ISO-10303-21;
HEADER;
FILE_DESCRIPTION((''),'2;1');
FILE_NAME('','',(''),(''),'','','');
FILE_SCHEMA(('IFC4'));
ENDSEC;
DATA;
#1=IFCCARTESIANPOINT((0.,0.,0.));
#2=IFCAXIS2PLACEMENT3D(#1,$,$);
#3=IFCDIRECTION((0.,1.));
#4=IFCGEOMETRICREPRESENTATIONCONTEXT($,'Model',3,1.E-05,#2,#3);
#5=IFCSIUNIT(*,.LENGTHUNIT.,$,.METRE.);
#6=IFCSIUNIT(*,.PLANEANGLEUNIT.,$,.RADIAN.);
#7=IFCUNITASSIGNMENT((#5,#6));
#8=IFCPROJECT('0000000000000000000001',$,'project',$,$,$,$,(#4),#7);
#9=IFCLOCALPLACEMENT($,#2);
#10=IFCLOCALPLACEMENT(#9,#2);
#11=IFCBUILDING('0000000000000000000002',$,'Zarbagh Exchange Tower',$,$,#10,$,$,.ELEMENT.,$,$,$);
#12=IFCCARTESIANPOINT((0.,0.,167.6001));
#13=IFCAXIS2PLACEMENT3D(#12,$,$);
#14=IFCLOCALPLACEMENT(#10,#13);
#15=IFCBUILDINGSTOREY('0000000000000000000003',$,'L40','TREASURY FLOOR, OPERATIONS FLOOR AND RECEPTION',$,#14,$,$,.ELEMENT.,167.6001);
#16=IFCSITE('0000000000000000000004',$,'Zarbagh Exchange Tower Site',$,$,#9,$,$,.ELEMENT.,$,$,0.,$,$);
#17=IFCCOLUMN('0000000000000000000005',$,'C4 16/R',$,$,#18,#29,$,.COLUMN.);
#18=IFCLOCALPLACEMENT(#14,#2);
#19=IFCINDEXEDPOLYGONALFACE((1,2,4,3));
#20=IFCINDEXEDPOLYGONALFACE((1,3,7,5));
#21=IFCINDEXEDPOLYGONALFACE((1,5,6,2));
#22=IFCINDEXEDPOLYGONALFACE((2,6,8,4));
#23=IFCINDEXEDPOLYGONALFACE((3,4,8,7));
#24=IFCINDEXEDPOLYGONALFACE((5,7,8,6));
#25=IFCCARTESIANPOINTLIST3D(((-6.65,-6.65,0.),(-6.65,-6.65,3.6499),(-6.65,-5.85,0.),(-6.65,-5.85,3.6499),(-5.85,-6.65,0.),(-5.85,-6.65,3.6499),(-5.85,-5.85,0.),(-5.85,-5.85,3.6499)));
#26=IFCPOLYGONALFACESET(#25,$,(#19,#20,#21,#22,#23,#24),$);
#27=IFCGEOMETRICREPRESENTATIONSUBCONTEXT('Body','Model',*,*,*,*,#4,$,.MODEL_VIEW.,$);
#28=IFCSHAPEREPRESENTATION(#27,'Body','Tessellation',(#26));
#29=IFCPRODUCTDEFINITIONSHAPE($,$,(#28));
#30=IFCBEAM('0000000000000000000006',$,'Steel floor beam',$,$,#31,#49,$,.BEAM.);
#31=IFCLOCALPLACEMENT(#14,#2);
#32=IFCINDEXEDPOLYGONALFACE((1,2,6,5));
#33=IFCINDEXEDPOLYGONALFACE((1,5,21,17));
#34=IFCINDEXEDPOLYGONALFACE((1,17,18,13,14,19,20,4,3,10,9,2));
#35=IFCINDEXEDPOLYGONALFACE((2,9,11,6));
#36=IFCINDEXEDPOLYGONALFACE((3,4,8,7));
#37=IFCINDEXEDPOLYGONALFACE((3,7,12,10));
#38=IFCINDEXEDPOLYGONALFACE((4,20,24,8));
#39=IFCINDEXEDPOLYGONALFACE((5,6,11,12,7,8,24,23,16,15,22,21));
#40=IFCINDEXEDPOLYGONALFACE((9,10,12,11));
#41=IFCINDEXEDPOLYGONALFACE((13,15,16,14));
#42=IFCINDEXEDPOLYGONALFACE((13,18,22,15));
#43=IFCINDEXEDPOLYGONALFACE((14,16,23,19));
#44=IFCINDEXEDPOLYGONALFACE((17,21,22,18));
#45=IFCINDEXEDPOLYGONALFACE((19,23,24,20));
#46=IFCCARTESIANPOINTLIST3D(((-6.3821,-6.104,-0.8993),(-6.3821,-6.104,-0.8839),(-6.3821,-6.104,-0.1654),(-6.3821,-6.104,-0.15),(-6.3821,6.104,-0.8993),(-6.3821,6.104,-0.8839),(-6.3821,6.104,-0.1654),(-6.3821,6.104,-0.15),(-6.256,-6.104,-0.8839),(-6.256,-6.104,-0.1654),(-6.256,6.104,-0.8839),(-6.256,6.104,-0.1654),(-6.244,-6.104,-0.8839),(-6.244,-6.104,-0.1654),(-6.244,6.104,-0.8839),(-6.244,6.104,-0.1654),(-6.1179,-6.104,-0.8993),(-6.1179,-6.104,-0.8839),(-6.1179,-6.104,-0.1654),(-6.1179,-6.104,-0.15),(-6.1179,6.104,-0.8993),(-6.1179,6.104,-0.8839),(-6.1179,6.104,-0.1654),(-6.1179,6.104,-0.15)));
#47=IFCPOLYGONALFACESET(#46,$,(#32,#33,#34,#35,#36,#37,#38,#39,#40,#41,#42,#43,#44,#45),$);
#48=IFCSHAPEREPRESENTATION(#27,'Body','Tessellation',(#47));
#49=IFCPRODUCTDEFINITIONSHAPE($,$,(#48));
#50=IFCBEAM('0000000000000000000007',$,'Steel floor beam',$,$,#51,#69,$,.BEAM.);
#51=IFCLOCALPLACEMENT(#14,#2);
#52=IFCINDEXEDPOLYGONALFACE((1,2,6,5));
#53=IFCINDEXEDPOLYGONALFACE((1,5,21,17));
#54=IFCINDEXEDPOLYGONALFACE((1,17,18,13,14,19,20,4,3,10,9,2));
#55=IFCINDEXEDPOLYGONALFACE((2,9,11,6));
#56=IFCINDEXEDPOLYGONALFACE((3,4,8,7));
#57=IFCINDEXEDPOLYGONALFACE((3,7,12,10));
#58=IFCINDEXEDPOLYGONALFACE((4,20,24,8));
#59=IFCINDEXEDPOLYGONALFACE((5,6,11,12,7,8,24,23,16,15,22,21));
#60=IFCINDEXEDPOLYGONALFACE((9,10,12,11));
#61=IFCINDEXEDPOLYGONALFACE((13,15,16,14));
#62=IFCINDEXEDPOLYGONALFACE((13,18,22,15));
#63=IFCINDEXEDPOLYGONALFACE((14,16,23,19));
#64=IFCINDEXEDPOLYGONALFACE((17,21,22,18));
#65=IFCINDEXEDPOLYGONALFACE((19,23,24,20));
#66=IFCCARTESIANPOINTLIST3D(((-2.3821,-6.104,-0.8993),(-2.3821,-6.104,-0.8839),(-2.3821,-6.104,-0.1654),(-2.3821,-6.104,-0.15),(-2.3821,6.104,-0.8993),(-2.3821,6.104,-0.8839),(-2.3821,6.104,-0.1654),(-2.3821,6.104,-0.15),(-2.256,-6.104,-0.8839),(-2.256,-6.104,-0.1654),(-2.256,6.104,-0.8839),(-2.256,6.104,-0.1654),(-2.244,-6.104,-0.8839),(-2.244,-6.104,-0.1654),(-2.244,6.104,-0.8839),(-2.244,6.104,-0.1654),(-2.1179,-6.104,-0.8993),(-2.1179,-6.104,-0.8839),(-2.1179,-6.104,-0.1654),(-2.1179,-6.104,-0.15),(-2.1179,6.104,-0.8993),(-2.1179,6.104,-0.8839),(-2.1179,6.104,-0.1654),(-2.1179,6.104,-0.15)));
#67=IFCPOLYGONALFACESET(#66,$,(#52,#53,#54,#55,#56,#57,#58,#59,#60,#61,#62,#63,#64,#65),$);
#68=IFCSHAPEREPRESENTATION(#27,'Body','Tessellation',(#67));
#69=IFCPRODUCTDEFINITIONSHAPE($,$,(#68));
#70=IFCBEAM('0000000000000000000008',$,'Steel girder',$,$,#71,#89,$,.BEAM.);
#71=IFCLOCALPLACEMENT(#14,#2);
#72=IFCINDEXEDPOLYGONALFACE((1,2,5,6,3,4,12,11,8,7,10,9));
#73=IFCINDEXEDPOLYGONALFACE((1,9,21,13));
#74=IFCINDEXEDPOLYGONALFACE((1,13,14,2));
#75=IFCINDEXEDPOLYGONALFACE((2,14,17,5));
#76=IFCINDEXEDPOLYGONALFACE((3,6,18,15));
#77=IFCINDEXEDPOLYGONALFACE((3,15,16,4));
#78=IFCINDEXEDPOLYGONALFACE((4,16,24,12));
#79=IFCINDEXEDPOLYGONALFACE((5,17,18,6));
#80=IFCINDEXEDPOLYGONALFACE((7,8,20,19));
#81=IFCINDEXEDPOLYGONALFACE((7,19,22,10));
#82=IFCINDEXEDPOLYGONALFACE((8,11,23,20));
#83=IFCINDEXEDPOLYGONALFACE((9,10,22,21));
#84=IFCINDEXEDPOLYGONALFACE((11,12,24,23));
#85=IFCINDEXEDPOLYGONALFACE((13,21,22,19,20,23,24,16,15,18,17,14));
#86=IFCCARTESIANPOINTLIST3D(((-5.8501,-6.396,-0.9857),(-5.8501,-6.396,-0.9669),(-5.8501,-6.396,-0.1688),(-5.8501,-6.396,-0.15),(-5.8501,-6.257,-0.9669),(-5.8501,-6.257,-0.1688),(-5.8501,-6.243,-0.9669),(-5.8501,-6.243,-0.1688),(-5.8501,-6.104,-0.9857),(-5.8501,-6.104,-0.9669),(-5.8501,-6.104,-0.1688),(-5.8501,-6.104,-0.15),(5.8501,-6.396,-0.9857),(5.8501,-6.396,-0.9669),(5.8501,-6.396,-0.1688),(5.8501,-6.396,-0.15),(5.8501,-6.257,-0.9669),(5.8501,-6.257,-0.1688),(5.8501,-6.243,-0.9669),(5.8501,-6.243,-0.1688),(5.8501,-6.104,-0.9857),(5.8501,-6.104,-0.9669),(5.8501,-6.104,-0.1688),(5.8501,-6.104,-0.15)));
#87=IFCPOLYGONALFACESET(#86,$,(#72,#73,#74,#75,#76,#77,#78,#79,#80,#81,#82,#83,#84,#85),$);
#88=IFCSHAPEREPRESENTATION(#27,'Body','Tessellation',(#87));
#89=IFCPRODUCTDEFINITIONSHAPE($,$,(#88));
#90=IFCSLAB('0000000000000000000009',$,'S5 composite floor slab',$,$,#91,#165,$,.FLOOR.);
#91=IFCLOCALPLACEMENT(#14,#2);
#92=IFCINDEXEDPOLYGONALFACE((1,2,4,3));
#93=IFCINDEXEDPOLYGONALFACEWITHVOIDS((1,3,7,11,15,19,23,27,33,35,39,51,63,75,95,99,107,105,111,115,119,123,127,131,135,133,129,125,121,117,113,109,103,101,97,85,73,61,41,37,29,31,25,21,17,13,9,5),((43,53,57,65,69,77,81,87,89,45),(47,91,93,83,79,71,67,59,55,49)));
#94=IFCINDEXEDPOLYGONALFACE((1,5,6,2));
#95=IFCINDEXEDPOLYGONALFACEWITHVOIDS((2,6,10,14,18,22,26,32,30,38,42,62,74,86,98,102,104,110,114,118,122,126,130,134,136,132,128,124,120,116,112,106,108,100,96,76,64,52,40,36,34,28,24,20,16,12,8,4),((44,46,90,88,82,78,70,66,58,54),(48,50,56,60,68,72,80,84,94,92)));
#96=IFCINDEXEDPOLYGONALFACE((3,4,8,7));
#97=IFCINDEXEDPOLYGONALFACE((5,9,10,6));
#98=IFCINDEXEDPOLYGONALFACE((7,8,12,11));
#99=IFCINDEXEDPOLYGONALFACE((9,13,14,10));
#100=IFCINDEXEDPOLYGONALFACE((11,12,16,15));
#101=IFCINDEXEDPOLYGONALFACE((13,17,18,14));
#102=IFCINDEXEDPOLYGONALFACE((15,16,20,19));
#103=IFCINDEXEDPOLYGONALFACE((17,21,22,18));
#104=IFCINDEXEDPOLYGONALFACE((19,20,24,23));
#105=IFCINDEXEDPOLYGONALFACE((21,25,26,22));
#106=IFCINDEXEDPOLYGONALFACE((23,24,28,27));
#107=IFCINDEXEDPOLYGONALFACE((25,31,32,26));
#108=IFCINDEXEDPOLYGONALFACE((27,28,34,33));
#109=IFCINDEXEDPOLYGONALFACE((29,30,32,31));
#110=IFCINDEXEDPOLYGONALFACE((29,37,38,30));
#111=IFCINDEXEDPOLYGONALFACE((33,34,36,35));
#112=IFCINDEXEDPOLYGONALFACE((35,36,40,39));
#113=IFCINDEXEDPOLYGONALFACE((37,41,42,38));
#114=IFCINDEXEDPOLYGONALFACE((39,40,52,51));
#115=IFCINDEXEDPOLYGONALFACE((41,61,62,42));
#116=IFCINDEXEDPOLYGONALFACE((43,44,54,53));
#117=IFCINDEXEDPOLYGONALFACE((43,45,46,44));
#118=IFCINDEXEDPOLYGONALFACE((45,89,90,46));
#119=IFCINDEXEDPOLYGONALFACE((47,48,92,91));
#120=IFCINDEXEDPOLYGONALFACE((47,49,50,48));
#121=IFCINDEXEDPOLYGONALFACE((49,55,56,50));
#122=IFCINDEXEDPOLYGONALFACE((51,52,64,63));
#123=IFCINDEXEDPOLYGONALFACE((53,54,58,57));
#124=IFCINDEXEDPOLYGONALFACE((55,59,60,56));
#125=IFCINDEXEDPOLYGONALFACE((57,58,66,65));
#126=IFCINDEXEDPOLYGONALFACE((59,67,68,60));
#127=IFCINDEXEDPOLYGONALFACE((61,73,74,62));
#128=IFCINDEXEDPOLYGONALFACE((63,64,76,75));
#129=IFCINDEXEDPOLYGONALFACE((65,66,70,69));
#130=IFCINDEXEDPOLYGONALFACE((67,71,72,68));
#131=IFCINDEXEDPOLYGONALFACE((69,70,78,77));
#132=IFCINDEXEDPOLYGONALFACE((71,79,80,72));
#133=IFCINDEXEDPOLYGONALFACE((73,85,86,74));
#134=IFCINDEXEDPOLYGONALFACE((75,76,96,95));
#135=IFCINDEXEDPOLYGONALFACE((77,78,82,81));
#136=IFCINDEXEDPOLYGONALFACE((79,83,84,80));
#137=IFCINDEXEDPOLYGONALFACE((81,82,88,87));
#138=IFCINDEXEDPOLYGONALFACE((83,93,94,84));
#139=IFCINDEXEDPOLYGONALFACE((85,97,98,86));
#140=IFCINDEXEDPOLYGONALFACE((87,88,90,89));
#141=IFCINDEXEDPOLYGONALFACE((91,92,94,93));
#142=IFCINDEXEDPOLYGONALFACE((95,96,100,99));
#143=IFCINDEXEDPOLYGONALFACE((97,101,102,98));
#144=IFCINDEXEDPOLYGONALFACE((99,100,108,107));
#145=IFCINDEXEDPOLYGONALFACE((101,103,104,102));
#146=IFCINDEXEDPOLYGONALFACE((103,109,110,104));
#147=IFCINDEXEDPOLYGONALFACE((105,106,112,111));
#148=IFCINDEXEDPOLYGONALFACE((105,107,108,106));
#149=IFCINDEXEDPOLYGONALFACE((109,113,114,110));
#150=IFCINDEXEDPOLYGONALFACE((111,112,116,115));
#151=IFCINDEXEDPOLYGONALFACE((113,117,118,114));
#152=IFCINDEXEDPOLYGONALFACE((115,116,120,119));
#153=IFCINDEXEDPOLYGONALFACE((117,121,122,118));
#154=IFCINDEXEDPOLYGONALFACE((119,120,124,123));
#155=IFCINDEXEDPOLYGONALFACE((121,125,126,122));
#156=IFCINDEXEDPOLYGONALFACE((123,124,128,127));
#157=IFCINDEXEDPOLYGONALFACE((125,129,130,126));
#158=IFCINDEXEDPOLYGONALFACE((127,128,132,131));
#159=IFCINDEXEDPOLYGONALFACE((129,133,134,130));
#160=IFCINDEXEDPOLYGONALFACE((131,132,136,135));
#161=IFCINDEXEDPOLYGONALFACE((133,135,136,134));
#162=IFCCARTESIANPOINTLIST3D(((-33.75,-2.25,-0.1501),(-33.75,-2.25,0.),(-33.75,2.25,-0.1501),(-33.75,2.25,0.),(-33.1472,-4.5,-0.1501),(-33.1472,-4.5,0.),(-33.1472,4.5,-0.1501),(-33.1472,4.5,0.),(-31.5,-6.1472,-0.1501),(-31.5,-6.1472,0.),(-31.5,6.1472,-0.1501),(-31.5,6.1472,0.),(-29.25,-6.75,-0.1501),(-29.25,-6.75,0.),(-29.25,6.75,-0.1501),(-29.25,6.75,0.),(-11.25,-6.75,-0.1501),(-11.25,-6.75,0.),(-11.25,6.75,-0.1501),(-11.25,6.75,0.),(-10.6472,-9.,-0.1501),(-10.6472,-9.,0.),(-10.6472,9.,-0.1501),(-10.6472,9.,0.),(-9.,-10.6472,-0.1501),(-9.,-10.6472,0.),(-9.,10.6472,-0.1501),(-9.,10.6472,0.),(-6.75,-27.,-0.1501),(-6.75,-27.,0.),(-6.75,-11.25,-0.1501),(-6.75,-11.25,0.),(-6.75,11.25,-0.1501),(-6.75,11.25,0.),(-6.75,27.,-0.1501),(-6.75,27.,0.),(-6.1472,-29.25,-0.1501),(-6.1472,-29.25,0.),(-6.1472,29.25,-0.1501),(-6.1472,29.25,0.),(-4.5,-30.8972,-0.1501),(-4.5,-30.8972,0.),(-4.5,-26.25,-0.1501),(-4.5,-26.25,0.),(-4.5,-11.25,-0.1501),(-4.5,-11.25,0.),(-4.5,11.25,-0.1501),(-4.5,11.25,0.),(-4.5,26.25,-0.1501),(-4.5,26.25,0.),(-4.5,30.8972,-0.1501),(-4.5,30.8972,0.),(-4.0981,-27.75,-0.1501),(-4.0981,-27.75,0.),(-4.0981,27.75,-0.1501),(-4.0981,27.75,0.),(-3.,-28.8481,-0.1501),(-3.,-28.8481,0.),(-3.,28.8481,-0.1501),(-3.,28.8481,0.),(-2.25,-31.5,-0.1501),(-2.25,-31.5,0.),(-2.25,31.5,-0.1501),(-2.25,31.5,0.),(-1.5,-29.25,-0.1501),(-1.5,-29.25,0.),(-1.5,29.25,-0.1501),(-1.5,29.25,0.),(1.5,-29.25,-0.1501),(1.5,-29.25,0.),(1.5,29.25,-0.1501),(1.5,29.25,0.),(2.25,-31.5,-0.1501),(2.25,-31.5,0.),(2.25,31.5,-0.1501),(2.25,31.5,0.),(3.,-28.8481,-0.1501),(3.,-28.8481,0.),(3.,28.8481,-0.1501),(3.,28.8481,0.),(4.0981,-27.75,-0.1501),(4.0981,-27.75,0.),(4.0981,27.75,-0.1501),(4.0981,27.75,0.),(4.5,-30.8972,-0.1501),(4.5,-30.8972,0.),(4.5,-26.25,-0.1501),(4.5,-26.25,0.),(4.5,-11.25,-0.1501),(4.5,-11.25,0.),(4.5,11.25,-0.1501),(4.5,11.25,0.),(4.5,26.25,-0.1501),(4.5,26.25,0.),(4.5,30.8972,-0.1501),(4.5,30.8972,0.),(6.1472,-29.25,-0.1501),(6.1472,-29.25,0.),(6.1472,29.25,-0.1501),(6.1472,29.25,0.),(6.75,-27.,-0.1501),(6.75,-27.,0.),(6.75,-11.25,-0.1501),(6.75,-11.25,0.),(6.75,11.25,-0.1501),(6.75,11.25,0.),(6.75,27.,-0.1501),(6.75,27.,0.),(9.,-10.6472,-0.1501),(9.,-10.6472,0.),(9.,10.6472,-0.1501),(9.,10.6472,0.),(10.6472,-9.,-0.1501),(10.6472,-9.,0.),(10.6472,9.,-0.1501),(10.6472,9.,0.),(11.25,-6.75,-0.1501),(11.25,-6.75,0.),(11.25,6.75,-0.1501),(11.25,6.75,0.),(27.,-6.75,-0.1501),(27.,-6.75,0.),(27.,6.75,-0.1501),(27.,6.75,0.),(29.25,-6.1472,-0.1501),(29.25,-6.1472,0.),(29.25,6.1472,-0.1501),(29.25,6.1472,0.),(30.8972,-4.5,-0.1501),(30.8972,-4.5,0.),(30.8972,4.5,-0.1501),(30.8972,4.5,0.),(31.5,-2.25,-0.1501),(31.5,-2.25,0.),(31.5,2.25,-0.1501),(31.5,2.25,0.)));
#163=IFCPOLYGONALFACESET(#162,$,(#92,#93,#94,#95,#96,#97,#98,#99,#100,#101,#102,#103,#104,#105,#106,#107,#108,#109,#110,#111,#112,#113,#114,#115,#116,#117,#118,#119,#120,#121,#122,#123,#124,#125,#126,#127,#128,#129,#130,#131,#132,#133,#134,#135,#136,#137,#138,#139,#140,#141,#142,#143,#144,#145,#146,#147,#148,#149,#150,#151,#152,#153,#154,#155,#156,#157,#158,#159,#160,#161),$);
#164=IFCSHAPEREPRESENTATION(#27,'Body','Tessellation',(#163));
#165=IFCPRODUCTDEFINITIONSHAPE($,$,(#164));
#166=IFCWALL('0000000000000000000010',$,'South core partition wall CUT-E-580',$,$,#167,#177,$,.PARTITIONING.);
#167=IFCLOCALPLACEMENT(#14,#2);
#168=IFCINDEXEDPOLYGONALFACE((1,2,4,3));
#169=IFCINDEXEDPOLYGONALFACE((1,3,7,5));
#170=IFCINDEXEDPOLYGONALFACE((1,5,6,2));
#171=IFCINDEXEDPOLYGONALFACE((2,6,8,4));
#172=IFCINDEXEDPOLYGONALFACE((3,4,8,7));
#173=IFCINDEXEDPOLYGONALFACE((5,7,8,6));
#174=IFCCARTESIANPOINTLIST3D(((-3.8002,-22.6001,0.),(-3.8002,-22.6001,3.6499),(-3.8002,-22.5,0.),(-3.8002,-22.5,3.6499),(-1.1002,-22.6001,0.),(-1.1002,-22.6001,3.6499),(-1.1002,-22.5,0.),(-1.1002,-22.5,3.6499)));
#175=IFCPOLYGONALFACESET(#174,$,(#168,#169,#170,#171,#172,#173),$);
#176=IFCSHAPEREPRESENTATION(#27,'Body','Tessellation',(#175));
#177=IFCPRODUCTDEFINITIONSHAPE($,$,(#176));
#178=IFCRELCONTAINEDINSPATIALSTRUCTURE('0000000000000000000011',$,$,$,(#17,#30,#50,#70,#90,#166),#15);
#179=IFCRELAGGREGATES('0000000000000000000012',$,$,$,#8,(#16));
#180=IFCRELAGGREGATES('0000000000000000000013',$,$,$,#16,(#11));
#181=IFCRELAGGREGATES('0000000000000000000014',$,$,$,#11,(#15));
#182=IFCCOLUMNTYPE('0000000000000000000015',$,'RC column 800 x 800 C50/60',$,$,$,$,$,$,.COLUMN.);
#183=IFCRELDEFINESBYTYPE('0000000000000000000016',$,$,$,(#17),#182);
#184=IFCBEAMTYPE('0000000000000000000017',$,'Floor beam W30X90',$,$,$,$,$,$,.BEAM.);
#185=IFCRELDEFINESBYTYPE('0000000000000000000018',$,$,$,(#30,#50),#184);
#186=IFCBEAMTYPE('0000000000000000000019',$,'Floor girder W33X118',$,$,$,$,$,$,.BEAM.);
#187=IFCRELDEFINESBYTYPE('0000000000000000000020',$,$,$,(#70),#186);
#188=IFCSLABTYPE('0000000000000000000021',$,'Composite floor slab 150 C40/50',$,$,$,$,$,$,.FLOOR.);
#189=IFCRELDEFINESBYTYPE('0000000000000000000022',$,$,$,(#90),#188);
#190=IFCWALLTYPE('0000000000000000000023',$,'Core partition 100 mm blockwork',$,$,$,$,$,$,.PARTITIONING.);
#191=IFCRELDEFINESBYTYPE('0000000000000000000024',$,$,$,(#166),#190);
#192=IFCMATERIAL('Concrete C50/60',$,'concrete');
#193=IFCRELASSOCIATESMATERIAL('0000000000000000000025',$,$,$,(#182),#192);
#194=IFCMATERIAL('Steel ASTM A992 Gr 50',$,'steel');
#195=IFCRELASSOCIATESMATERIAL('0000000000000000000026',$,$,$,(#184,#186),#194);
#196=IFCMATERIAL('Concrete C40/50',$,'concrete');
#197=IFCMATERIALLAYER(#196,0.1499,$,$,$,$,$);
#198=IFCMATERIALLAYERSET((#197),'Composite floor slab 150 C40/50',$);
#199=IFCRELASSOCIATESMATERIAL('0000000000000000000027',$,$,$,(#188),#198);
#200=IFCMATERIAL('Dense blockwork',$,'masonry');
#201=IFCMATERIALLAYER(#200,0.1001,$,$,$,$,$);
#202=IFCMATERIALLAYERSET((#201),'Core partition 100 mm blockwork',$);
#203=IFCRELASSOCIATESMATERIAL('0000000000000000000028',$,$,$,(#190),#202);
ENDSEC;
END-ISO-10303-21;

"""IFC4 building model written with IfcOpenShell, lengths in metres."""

from ifc_helpers import new_model, si_unit, direction, frame, frame_2d, origin, origin_2d, place, context, subcontext, project, spatial, polyline, rectangle, i_section, outline, extrude, material, layer, layer_set, material_profile, profile_set, type_object, element, save


model = new_model("IFC4")

# Units and contexts
model_context = context("Model", 3, precision=1e-05, world=origin(), true_north=direction((0.0, 1.0)))
body_context = subcontext(model_context, "Body", "Model", "MODEL_VIEW")
ifc_project = project(units=[si_unit("LENGTHUNIT", "METRE"), si_unit("PLANEANGLEUNIT", "RADIAN")], contexts=[model_context])

# Site, building, storey
site_placement = place(None, origin())
site = spatial("IfcSite", under=ifc_project, at=site_placement, Name="Zarbagh Exchange Tower Site", CompositionType="ELEMENT", RefElevation=0.0)
building_placement = place(site_placement, origin())
building = spatial("IfcBuilding", under=site, at=building_placement, Name="Zarbagh Exchange Tower", CompositionType="ELEMENT")
storey_placement = place(building_placement, frame((0.0, 0.0, 167.6001)))
storey = spatial("IfcBuildingStorey", under=building, at=storey_placement, Name="L40", Description="TREASURY FLOOR, OPERATIONS FLOOR AND RECEPTION", CompositionType="ELEMENT", Elevation=167.6001)

# Column
ifc_material_1 = material(Name="Concrete C50/60", Category="concrete")
ifc_material_profile_1 = material_profile(ifc_material_1, rectangle(XDim=0.8, YDim=0.8, at=origin_2d()), Name="RC column 800 x 800 C50/60")
ifc_profile_set_1 = profile_set([ifc_material_profile_1], Name="Concrete C50/60")
column_type = type_object("IfcColumnType", Name="RC column 800 x 800 C50/60", PredefinedType="COLUMN", material=ifc_profile_set_1)
column_placement = place(storey_placement, frame((-6.25, -6.25, 0.0), z_axis=(0.0, 0.0, 1.0), x_axis=(1.0, 0.0, 0.0)))
element("IfcColumn", 1, at=column_placement, inside=storey, type_object=column_type, Name="C4 16/R", PredefinedType="COLUMN", context=body_context, shape_type="SweptSolid", body=[
    extrude(rectangle(XDim=0.8, YDim=0.8, at=origin_2d()), origin(), (0.0, 0.0, 1.0), 3.6499),
])

# Beams
ifc_material_2 = material(Name="Steel ASTM A992 Gr 50", Category="steel")
ifc_material_profile_2 = material_profile(ifc_material_2, i_section(OverallWidth=0.2642, OverallDepth=0.7493, WebThickness=0.012, FlangeThickness=0.0154, at=origin_2d()), Name="W30X90")
ifc_profile_set_2 = profile_set([ifc_material_profile_2], Name="Steel ASTM A992 Gr 50")
beam_type_1 = type_object("IfcBeamType", Name="Floor beam W30X90", PredefinedType="BEAM", material=ifc_profile_set_2)
for number, where, z_axis, x_axis, name in (
    (2, (-6.25, -6.104, -0.5247), (0.0, 1.0, 0.0), (-1.0, 0.0, 0.0), "Steel floor beam"),
    (3, (-2.25, -6.104, -0.5247), (0.0, 1.0, 0.0), (-1.0, 0.0, 0.0), "Steel floor beam"),
):
    element("IfcBeam", number, at=place(storey_placement, frame(where, z_axis=z_axis, x_axis=x_axis)), inside=storey, type_object=beam_type_1, Name=name, PredefinedType="BEAM", context=body_context, shape_type="SweptSolid", body=[
        extrude(i_section(OverallWidth=0.2642, OverallDepth=0.7493, WebThickness=0.012, FlangeThickness=0.0154, at=origin_2d()), origin(), (0.0, 0.0, 1.0), 12.208),
    ])
ifc_material_profile_3 = material_profile(ifc_material_2, i_section(OverallWidth=0.292, OverallDepth=0.8357, WebThickness=0.0139, FlangeThickness=0.0188, at=origin_2d()), Name="W33X118")
ifc_profile_set_3 = profile_set([ifc_material_profile_3], Name="Steel ASTM A992 Gr 50")
beam_type_2 = type_object("IfcBeamType", Name="Floor girder W33X118", PredefinedType="BEAM", material=ifc_profile_set_3)
beam_placement = place(storey_placement, frame((-5.8501, -6.25, -0.5679), z_axis=(1.0, 0.0, 0.0), x_axis=(0.0, 1.0, 0.0)))
element("IfcBeam", 4, at=beam_placement, inside=storey, type_object=beam_type_2, Name="Steel girder", PredefinedType="BEAM", context=body_context, shape_type="SweptSolid", body=[
    extrude(i_section(OverallWidth=0.292, OverallDepth=0.8357, WebThickness=0.0139, FlangeThickness=0.0188, at=origin_2d()), origin(), (0.0, 0.0, 1.0), 11.7002),
])

# Slab
ifc_material_3 = material(Name="Concrete C40/50", Category="concrete")
ifc_layer_1 = layer(ifc_material_3, 0.1499)
ifc_layer_set_1 = layer_set([ifc_layer_1], Name="Composite floor slab 150 C40/50")
slab_type = type_object("IfcSlabType", Name="Composite floor slab 150 C40/50", PredefinedType="FLOOR", material=ifc_layer_set_1)
slab_placement = place(storey_placement, frame((0.0, 0.0, -0.1501)))
element("IfcSlab", 5, at=slab_placement, inside=storey, type_object=slab_type, Name="S5 composite floor slab", PredefinedType="FLOOR", context=body_context, shape_type="SweptSolid", body=[
    extrude(outline(polyline([(-2.25, -31.5), (-4.5, -30.8972), (-6.1472, -29.25), (-6.75, -27.0), (-6.75, -11.25), (-9.0, -10.6472), (-10.6472, -9.0), (-11.25, -6.75), (-29.25, -6.75), (-31.5, -6.1472), (-33.1472, -4.5), (-33.75, -2.25), (-33.75, 2.25), (-33.1472, 4.5), (-31.5, 6.1472), (-29.25, 6.75), (-11.25, 6.75), (-10.6472, 9.0), (-9.0, 10.6472), (-6.75, 11.25), (-6.75, 27.0), (-6.1472, 29.25), (-4.5, 30.8972), (-2.25, 31.5), (2.25, 31.5), (4.5, 30.8972), (6.1472, 29.25), (6.75, 27.0), (6.75, 11.25), (9.0, 10.6472), (10.6472, 9.0), (11.25, 6.75), (27.0, 6.75), (29.25, 6.1472), (30.8972, 4.5), (31.5, 2.25), (31.5, -2.25), (30.8972, -4.5), (29.25, -6.1472), (27.0, -6.75), (11.25, -6.75), (10.6472, -9.0), (9.0, -10.6472), (6.75, -11.25), (6.75, -27.0), (6.1472, -29.25), (4.5, -30.8972), (2.25, -31.5), (-2.25, -31.5)]), holes=[polyline([(4.5, 11.25), (4.5, 26.25), (4.0981, 27.75), (3.0, 28.8481), (1.5, 29.25), (-1.5, 29.25), (-3.0, 28.8481), (-4.0981, 27.75), (-4.5, 26.25), (-4.5, 11.25), (4.5, 11.25)]), polyline([(-1.5, -29.25), (1.5, -29.25), (3.0, -28.8481), (4.0981, -27.75), (4.5, -26.25), (4.5, -11.25), (-4.5, -11.25), (-4.5, -26.25), (-4.0981, -27.75), (-3.0, -28.8481), (-1.5, -29.25)])]), origin(), (0.0, 0.0, 1.0), 0.1501),
])

# Wall
ifc_material_4 = material(Name="Dense blockwork", Category="masonry")
ifc_layer_2 = layer(ifc_material_4, 0.1001)
ifc_layer_set_2 = layer_set([ifc_layer_2], Name="Core partition 100 mm blockwork")
wall_type_1 = type_object("IfcWallType", Name="Core partition 100 mm blockwork", PredefinedType="PARTITIONING", material=ifc_layer_set_2)
wall_1_placement = place(storey_placement, frame((-1.1001, -22.55, 0.0), z_axis=(0.0, 0.0, 1.0), x_axis=(-1.0, 0.0, 0.0)))
element("IfcWall", 6, at=wall_1_placement, inside=storey, type_object=wall_type_1, Name="South core partition wall CUT-E-580", PredefinedType="PARTITIONING", context=body_context, shape_type="SweptSolid", body=[
    extrude(rectangle(XDim=2.7, YDim=0.1001, at=frame_2d((1.3501, 0.0))), origin(), (0.0, 0.0, 1.0), 3.6499),
])

save(model, "model.ifc")
